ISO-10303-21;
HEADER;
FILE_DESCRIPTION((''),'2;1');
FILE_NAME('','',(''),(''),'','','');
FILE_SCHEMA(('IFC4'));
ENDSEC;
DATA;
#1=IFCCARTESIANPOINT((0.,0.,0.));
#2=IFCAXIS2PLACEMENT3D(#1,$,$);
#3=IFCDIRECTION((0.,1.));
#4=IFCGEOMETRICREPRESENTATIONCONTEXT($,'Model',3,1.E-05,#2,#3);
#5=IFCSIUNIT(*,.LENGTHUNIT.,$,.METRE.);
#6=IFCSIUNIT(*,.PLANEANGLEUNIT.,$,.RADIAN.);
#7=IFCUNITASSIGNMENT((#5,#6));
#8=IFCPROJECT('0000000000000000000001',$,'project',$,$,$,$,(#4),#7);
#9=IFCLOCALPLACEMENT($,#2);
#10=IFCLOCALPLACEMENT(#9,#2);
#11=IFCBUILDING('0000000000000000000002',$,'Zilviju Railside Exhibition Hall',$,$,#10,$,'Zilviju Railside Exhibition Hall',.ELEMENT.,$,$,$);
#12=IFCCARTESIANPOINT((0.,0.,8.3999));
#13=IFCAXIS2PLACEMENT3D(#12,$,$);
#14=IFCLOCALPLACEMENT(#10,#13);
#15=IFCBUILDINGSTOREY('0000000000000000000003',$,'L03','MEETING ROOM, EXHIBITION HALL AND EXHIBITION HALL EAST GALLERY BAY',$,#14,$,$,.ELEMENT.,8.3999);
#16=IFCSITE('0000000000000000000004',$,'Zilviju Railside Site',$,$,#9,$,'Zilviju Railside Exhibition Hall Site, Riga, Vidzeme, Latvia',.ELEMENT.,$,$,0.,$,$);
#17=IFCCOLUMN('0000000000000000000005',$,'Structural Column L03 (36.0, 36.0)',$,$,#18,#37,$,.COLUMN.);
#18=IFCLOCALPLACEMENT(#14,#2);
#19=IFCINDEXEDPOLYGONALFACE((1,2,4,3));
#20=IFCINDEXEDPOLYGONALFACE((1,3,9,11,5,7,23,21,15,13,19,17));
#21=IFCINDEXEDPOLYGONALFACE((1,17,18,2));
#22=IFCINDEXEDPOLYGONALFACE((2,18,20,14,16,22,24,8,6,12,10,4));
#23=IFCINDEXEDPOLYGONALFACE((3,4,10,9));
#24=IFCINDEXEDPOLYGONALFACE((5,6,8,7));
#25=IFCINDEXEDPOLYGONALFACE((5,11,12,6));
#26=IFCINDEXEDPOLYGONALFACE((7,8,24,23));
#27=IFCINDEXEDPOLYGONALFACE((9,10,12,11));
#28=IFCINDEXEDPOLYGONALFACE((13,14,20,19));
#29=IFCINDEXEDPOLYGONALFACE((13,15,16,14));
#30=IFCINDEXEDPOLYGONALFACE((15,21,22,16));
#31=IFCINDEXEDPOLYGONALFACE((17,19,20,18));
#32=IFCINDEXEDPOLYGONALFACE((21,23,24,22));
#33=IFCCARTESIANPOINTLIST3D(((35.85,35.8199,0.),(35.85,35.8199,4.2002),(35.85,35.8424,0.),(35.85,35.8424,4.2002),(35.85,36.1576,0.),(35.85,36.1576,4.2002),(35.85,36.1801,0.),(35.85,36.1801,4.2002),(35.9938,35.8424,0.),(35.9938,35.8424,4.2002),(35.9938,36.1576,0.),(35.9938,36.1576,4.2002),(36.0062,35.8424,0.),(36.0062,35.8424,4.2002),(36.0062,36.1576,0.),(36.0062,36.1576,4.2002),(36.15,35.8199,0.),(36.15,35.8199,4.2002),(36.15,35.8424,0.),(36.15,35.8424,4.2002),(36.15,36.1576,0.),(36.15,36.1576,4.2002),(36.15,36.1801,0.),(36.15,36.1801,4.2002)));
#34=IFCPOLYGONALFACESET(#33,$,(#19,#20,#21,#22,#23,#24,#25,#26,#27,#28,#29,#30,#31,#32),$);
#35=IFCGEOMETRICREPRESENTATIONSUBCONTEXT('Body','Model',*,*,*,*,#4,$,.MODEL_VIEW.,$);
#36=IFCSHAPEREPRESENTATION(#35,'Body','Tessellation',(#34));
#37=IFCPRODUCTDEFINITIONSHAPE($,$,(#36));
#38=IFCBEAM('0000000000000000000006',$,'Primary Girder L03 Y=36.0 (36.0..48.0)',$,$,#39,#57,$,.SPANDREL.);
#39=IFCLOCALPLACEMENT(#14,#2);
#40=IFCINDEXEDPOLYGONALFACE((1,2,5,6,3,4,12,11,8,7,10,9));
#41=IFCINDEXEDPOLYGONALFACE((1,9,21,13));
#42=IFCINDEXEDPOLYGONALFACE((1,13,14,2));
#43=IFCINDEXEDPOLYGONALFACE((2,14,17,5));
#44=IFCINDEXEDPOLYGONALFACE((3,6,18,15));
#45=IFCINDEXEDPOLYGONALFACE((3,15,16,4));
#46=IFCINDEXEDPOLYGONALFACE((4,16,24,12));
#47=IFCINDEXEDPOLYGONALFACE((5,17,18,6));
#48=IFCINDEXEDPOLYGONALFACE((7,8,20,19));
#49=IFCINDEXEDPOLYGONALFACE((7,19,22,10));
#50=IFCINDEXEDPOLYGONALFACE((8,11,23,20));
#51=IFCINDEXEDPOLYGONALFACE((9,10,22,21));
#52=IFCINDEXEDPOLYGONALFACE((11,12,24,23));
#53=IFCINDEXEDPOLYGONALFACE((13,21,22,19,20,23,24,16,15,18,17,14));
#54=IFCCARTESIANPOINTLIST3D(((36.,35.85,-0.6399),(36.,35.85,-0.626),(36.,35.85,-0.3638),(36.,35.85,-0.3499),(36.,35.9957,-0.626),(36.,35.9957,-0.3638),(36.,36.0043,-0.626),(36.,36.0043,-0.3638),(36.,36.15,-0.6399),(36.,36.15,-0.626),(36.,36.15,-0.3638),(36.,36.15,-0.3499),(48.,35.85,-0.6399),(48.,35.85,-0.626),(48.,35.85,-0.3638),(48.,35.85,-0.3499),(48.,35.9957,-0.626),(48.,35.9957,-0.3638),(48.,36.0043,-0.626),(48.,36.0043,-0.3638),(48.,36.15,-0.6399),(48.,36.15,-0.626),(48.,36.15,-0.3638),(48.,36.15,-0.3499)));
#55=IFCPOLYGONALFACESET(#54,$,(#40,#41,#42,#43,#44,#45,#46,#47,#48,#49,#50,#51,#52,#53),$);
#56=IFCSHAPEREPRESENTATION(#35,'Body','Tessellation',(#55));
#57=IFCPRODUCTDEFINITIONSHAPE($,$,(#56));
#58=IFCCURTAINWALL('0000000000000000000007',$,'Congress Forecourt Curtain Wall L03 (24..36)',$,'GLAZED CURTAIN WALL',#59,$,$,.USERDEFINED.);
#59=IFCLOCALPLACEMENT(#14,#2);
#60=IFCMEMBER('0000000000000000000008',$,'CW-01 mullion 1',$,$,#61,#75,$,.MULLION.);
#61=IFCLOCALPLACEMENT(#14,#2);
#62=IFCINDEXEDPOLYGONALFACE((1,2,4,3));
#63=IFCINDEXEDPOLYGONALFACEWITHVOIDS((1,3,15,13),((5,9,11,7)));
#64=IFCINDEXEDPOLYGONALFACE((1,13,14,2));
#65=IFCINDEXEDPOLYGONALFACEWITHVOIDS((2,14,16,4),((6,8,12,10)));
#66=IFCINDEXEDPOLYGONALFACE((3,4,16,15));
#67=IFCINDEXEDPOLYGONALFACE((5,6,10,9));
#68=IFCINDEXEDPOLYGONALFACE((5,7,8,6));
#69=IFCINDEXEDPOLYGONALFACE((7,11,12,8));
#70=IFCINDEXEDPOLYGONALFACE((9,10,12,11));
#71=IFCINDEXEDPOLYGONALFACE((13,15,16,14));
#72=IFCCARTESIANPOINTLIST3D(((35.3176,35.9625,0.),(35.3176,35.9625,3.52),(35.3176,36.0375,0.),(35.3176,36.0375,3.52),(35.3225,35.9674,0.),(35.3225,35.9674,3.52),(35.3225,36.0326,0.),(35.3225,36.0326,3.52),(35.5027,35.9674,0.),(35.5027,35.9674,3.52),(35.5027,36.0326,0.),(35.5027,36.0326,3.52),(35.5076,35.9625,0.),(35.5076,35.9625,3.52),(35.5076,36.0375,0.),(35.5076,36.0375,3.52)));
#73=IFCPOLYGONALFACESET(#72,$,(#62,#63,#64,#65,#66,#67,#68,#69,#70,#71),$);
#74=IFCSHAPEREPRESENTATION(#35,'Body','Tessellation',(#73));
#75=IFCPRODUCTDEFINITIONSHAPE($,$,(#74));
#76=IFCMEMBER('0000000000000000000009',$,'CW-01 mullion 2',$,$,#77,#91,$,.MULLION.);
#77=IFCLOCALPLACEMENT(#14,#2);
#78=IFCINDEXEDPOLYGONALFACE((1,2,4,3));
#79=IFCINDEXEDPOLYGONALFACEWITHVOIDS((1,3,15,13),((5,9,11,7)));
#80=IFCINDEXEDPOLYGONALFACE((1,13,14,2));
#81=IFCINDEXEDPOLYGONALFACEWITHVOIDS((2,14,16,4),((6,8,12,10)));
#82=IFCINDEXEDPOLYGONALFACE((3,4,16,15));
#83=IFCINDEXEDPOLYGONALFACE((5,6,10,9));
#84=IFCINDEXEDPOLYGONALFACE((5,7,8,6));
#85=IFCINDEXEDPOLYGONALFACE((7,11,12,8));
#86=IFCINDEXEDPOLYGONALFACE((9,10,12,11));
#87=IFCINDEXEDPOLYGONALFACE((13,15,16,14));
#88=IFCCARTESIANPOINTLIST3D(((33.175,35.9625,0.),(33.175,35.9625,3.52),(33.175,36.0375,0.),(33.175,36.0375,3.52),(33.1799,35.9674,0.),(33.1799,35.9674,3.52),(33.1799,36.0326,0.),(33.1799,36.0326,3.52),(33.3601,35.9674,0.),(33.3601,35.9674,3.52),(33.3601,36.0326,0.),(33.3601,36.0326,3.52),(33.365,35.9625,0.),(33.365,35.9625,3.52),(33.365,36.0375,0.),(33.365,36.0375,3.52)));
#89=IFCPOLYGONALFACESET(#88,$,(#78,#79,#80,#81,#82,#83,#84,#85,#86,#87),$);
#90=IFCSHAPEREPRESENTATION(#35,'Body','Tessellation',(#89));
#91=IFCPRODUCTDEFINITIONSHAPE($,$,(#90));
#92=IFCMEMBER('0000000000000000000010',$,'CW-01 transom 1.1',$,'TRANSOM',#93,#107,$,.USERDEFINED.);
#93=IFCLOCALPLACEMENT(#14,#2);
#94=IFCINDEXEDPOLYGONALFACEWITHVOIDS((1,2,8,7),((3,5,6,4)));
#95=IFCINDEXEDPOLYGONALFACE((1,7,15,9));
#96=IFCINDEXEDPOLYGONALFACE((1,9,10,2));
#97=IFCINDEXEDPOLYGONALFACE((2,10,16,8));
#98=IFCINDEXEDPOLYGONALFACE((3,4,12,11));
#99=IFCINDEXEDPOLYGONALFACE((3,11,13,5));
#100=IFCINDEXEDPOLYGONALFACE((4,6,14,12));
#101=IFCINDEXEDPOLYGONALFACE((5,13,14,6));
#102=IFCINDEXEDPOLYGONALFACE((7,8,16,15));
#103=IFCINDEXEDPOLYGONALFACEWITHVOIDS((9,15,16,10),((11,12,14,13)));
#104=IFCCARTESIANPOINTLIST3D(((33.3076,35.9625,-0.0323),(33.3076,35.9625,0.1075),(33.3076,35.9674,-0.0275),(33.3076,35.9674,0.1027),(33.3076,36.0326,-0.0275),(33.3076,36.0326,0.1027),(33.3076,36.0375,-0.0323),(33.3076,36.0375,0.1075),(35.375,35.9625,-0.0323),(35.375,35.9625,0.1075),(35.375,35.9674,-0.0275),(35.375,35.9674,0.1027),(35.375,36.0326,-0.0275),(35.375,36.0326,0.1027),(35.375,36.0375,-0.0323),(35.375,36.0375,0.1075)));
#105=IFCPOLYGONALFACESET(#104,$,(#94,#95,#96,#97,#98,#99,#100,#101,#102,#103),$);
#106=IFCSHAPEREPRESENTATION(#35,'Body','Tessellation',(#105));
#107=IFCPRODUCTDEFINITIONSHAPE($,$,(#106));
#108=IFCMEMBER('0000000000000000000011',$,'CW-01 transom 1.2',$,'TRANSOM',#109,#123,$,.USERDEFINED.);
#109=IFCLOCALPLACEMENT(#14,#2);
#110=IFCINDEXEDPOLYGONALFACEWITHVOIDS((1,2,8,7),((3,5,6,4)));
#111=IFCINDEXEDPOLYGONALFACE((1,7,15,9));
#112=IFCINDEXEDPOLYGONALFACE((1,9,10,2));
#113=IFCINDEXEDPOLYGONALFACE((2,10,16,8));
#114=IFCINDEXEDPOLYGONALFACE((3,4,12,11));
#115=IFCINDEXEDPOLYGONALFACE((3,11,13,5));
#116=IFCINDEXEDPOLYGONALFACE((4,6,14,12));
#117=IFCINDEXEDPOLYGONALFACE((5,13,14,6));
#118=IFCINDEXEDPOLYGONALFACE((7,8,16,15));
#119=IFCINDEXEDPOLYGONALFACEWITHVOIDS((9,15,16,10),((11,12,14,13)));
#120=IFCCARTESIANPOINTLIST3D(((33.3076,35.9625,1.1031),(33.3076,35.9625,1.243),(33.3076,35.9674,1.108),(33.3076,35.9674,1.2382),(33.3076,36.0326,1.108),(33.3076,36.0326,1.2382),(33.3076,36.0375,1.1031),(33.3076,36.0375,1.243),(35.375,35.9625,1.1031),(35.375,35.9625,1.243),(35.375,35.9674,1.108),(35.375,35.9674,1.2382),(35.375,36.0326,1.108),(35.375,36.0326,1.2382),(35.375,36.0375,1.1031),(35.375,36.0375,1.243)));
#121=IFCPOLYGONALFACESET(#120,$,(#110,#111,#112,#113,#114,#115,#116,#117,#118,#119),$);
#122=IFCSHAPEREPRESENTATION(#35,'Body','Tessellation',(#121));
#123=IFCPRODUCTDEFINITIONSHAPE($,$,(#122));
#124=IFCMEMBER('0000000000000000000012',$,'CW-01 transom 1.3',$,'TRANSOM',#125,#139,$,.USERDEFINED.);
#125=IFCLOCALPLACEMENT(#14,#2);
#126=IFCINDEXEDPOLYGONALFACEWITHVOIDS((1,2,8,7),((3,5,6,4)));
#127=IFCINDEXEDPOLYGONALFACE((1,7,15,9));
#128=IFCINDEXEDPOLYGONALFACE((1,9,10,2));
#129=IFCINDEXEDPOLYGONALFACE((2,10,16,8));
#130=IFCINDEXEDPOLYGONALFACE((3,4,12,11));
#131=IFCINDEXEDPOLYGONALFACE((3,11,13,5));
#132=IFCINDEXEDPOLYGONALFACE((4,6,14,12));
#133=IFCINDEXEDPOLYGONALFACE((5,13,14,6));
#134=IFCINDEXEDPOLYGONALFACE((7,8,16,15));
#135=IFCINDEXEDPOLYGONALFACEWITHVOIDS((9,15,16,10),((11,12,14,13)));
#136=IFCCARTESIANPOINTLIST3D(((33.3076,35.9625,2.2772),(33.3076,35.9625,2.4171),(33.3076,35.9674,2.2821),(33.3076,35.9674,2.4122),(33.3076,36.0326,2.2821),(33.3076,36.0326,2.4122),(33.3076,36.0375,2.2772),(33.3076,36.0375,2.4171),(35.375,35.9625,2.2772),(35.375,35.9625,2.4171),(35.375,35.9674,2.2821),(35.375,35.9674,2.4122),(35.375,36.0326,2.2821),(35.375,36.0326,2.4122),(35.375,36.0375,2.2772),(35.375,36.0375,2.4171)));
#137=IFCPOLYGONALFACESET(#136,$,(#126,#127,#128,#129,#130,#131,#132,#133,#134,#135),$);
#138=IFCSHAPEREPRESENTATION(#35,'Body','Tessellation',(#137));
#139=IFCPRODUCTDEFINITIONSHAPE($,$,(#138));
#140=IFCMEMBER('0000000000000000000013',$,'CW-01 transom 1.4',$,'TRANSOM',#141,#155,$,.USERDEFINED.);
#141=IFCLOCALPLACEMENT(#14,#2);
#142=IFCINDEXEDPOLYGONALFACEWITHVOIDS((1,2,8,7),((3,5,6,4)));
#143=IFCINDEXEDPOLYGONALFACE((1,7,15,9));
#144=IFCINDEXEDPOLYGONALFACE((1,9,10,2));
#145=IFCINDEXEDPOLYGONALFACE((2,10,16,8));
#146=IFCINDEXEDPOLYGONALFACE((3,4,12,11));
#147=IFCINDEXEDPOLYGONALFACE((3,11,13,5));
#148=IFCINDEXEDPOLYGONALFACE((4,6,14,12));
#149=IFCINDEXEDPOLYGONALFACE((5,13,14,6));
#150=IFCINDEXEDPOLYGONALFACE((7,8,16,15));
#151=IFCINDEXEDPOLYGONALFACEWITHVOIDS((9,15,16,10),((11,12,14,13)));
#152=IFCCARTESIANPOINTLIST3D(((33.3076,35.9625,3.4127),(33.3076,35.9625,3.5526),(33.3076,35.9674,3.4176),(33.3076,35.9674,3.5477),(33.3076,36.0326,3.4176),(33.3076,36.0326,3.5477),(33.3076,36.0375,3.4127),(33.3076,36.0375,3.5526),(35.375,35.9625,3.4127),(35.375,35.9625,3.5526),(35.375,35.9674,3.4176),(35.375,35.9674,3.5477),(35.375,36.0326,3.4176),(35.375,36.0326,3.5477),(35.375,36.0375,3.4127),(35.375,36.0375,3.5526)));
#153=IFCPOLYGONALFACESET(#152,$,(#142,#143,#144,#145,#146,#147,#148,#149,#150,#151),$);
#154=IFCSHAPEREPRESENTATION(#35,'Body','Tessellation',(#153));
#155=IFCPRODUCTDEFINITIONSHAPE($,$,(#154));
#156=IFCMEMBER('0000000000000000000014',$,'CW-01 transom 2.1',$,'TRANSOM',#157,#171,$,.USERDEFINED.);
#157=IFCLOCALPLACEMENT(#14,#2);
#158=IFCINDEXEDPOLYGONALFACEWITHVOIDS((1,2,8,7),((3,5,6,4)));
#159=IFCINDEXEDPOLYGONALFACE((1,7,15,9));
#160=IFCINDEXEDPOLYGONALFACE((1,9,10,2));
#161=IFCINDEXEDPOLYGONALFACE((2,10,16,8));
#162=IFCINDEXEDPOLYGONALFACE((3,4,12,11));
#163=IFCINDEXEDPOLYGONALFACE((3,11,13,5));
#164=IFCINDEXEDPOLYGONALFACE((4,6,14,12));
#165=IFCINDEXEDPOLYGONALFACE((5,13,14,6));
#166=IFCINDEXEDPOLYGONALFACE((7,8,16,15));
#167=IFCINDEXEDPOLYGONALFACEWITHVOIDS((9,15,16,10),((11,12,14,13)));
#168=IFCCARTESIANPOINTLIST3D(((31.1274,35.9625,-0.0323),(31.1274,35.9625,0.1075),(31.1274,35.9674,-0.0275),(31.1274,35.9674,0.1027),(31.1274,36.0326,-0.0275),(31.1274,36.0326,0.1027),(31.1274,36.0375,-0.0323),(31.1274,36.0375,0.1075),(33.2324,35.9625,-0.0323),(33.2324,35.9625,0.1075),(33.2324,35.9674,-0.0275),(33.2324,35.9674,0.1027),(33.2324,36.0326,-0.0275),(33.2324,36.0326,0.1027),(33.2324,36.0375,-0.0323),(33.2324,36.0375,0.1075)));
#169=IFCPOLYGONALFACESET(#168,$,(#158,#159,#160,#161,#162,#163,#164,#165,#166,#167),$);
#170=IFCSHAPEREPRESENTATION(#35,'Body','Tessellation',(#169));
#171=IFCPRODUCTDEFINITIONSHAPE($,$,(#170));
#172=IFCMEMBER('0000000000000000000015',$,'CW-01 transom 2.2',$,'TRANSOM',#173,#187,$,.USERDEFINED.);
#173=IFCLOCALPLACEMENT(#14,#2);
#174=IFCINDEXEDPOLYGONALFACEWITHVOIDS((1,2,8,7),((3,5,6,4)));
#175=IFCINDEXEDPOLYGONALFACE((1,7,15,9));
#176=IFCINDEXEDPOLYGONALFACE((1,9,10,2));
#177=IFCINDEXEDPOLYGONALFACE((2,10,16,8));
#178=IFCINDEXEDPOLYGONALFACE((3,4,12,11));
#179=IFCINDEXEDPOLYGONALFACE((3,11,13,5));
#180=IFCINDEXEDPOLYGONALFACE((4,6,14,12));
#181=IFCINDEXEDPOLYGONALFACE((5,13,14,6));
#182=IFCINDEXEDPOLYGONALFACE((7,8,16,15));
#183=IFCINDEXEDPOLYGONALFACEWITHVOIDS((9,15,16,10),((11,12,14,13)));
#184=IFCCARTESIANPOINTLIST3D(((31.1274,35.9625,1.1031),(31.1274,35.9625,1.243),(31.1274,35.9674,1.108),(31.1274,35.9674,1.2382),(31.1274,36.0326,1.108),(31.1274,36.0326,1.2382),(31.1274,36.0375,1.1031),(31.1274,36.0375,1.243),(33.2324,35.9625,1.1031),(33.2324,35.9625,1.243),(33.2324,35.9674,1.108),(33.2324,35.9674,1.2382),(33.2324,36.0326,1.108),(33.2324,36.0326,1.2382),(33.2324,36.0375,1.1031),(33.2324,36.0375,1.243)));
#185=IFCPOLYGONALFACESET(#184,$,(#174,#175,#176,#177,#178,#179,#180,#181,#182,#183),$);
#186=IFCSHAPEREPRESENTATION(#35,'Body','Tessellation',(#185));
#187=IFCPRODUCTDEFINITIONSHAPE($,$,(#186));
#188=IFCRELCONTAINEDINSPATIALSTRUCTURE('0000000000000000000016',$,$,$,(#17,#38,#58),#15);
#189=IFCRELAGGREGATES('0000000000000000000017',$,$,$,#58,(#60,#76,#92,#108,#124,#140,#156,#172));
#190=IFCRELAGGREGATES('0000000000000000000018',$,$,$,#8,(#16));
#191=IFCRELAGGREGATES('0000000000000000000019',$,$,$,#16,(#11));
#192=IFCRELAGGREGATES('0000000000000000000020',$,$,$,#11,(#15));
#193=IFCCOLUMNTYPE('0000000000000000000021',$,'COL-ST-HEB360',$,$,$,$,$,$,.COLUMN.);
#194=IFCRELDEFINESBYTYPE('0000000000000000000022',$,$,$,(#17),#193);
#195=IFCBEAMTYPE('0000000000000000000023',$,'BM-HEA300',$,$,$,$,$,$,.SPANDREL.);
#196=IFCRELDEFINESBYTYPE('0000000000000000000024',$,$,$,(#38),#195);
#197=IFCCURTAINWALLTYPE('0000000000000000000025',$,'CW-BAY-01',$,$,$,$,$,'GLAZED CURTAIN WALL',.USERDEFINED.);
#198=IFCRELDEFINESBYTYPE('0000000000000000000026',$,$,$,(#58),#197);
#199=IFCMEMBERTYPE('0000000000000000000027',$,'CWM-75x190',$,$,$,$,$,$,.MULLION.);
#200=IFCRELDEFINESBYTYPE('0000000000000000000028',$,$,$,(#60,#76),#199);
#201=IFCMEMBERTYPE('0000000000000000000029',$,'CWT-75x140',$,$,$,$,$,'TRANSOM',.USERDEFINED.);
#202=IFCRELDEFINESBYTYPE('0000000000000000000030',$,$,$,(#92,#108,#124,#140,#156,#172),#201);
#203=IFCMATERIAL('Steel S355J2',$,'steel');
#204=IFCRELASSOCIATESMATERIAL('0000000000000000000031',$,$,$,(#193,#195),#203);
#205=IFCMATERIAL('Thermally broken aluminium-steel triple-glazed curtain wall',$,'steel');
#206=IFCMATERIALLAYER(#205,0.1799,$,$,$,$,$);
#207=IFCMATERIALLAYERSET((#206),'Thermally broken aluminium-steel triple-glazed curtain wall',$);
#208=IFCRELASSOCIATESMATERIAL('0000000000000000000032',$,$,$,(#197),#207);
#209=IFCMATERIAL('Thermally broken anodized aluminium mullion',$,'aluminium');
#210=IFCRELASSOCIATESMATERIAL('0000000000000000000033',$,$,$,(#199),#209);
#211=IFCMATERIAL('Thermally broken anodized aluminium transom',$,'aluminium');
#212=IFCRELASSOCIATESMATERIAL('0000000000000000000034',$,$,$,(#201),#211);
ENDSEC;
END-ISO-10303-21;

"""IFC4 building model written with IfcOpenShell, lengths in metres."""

from ifc_helpers import new_model, si_unit, direction, frame, origin, origin_2d, place, context, subcontext, project, spatial, hollow_rectangle, i_section, extrude, material, layer, layer_set, material_profile, profile_set, type_object, element, aggregate, save


model = new_model("IFC4")

# Units and contexts
model_context = context("Model", 3, precision=1e-05, world=origin(), true_north=direction((0.0, 1.0)))
body_context = subcontext(model_context, "Body", "Model", "MODEL_VIEW")
ifc_project = project(units=[si_unit("LENGTHUNIT", "METRE"), si_unit("PLANEANGLEUNIT", "RADIAN")], contexts=[model_context])

# Site, building, storey
site_placement = place(None, origin())
site = spatial("IfcSite", under=ifc_project, at=site_placement, Name="Zilviju Railside Site", LongName="Zilviju Railside Exhibition Hall Site, Riga, Vidzeme, Latvia", CompositionType="ELEMENT", RefElevation=0.0)
building_placement = place(site_placement, origin())
building = spatial("IfcBuilding", under=site, at=building_placement, Name="Zilviju Railside Exhibition Hall", LongName="Zilviju Railside Exhibition Hall", CompositionType="ELEMENT")
storey_placement = place(building_placement, frame((0.0, 0.0, 8.3999)))
storey = spatial("IfcBuildingStorey", under=building, at=storey_placement, Name="L03", Description="MEETING ROOM, EXHIBITION HALL AND EXHIBITION HALL EAST GALLERY BAY", CompositionType="ELEMENT", Elevation=8.3999)

# Column
ifc_material_1 = material(Name="Steel S355J2", Category="steel")
ifc_material_profile_1 = material_profile(ifc_material_1, i_section(OverallWidth=0.3, OverallDepth=0.3601, WebThickness=0.0125, FlangeThickness=0.0225, at=origin_2d()), Name="HEB 360")
ifc_profile_set_1 = profile_set([ifc_material_profile_1], Name="Steel S355J2")
column_type = type_object("IfcColumnType", Name="COL-ST-HEB360", PredefinedType="COLUMN", material=ifc_profile_set_1)
column_placement = place(storey_placement, frame((36.0, 36.0, 0.0), z_axis=(0.0, 0.0, 1.0), x_axis=(1.0, 0.0, 0.0)))
element("IfcColumn", 1, at=column_placement, inside=storey, type_object=column_type, Name="Structural Column L03 (36.0, 36.0)", PredefinedType="COLUMN", context=body_context, shape_type="SweptSolid", body=[
    extrude(i_section(OverallWidth=0.3, OverallDepth=0.3601, WebThickness=0.0125, FlangeThickness=0.0225, at=origin_2d()), origin(), (0.0, 0.0, 1.0), 4.2002),
])

# Beam
ifc_material_profile_2 = material_profile(ifc_material_1, i_section(OverallWidth=0.3, OverallDepth=0.29, WebThickness=0.0085, FlangeThickness=0.0139, at=origin_2d()), Name="HEA 300")
ifc_profile_set_2 = profile_set([ifc_material_profile_2], Name="Steel S355J2")
beam_type = type_object("IfcBeamType", Name="BM-HEA300", PredefinedType="SPANDREL", material=ifc_profile_set_2)
beam_placement = place(storey_placement, frame((36.0, 36.0, -0.4949), z_axis=(1.0, 0.0, 0.0), x_axis=(0.0, 1.0, 0.0)))
element("IfcBeam", 2, at=beam_placement, inside=storey, type_object=beam_type, Name="Primary Girder L03 Y=36.0 (36.0..48.0)", PredefinedType="SPANDREL", context=body_context, shape_type="SweptSolid", body=[
    extrude(i_section(OverallWidth=0.3, OverallDepth=0.29, WebThickness=0.0085, FlangeThickness=0.0139, at=origin_2d()), origin(), (0.0, 0.0, 1.0), 12.0),
])

# Curtain wall, members
ifc_material_2 = material(Name="Thermally broken aluminium-steel triple-glazed curtain wall", Category="steel")
ifc_layer_1 = layer(ifc_material_2, 0.1799)
ifc_layer_set_1 = layer_set([ifc_layer_1], Name="Thermally broken aluminium-steel triple-glazed curtain wall")
curtain_wall_type = type_object("IfcCurtainWallType", Name="CW-BAY-01", ElementType="GLAZED CURTAIN WALL", PredefinedType="USERDEFINED", material=ifc_layer_set_1)
curtain_wall_placement = place(storey_placement, origin())
curtain_wall = element("IfcCurtainWall", 3, at=curtain_wall_placement, inside=storey, type_object=curtain_wall_type, Name="Congress Forecourt Curtain Wall L03 (24..36)", ObjectType="GLAZED CURTAIN WALL", PredefinedType="USERDEFINED")
ifc_material_3 = material(Name="Thermally broken anodized aluminium mullion", Category="aluminium")
ifc_material_profile_3 = material_profile(ifc_material_3, hollow_rectangle(XDim=0.075, YDim=0.1899, WallThickness=0.0049, at=origin_2d()), Name="MULLION 190x75x5")
ifc_profile_set_3 = profile_set([ifc_material_profile_3], Name="Thermally broken anodized aluminium mullion")
member_type_1 = type_object("IfcMemberType", Name="CWM-75x190", PredefinedType="MULLION", material=ifc_profile_set_3)
member_1_placement = place(storey_placement, frame((35.4126, 36.0, 0.0), z_axis=(0.0, 0.0, 1.0), x_axis=(0.0, -1.0, 0.0)))
member_1 = element("IfcMember", 4, at=member_1_placement, type_object=member_type_1, Name="CW-01 mullion 1", PredefinedType="MULLION", context=body_context, shape_type="SweptSolid", body=[
    extrude(hollow_rectangle(XDim=0.075, YDim=0.1899, WallThickness=0.0049, at=origin_2d()), origin(), (0.0, 0.0, 1.0), 3.52),
])
member_2_placement = place(storey_placement, frame((33.27, 36.0, 0.0), z_axis=(0.0, 0.0, 1.0), x_axis=(0.0, -1.0, 0.0)))
member_2 = element("IfcMember", 5, at=member_2_placement, type_object=member_type_1, Name="CW-01 mullion 2", PredefinedType="MULLION", context=body_context, shape_type="SweptSolid", body=[
    extrude(hollow_rectangle(XDim=0.075, YDim=0.1899, WallThickness=0.0049, at=origin_2d()), origin(), (0.0, 0.0, 1.0), 3.52),
])
ifc_material_4 = material(Name="Thermally broken anodized aluminium transom", Category="aluminium")
ifc_material_profile_4 = material_profile(ifc_material_4, hollow_rectangle(XDim=0.075, YDim=0.1399, WallThickness=0.0049, at=origin_2d()), Name="TRANSOM 140x75x5")
ifc_profile_set_4 = profile_set([ifc_material_profile_4], Name="Thermally broken anodized aluminium transom")
member_type_2 = type_object("IfcMemberType", Name="CWT-75x140", ElementType="TRANSOM", PredefinedType="USERDEFINED", material=ifc_profile_set_4)
member_3_placement = place(storey_placement, frame((35.375, 36.0, 0.0376), z_axis=(-1.0, 0.0, 0.0), x_axis=(0.0, -1.0, 0.0)))
member_3 = element("IfcMember", 6, at=member_3_placement, type_object=member_type_2, Name="CW-01 transom 1.1", ObjectType="TRANSOM", PredefinedType="USERDEFINED", context=body_context, shape_type="SweptSolid", body=[
    extrude(hollow_rectangle(XDim=0.075, YDim=0.1399, WallThickness=0.0049, at=origin_2d()), origin(), (0.0, 0.0, 1.0), 2.0674),
])
member_4_placement = place(storey_placement, frame((35.375, 36.0, 1.1731), z_axis=(-1.0, 0.0, 0.0), x_axis=(0.0, -1.0, 0.0)))
member_4 = element("IfcMember", 7, at=member_4_placement, type_object=member_type_2, Name="CW-01 transom 1.2", ObjectType="TRANSOM", PredefinedType="USERDEFINED", context=body_context, shape_type="SweptSolid", body=[
    extrude(hollow_rectangle(XDim=0.075, YDim=0.1399, WallThickness=0.0049, at=origin_2d()), origin(), (0.0, 0.0, 1.0), 2.0674),
])
member_5_placement = place(storey_placement, frame((35.375, 36.0, 2.3472), z_axis=(-1.0, 0.0, 0.0), x_axis=(0.0, -1.0, 0.0)))
member_5 = element("IfcMember", 8, at=member_5_placement, type_object=member_type_2, Name="CW-01 transom 1.3", ObjectType="TRANSOM", PredefinedType="USERDEFINED", context=body_context, shape_type="SweptSolid", body=[
    extrude(hollow_rectangle(XDim=0.075, YDim=0.1399, WallThickness=0.0049, at=origin_2d()), origin(), (0.0, 0.0, 1.0), 2.0674),
])
member_6_placement = place(storey_placement, frame((35.375, 36.0, 3.4827), z_axis=(-1.0, 0.0, 0.0), x_axis=(0.0, -1.0, 0.0)))
member_6 = element("IfcMember", 9, at=member_6_placement, type_object=member_type_2, Name="CW-01 transom 1.4", ObjectType="TRANSOM", PredefinedType="USERDEFINED", context=body_context, shape_type="SweptSolid", body=[
    extrude(hollow_rectangle(XDim=0.075, YDim=0.1399, WallThickness=0.0049, at=origin_2d()), origin(), (0.0, 0.0, 1.0), 2.0674),
])
member_7_placement = place(storey_placement, frame((33.2324, 36.0, 0.0376), z_axis=(-1.0, 0.0, 0.0), x_axis=(0.0, -1.0, 0.0)))
member_7 = element("IfcMember", 10, at=member_7_placement, type_object=member_type_2, Name="CW-01 transom 2.1", ObjectType="TRANSOM", PredefinedType="USERDEFINED", context=body_context, shape_type="SweptSolid", body=[
    extrude(hollow_rectangle(XDim=0.075, YDim=0.1399, WallThickness=0.0049, at=origin_2d()), origin(), (0.0, 0.0, 1.0), 2.105),
])
member_8_placement = place(storey_placement, frame((33.2324, 36.0, 1.1731), z_axis=(-1.0, 0.0, 0.0), x_axis=(0.0, -1.0, 0.0)))
member_8 = element("IfcMember", 11, at=member_8_placement, type_object=member_type_2, Name="CW-01 transom 2.2", ObjectType="TRANSOM", PredefinedType="USERDEFINED", context=body_context, shape_type="SweptSolid", body=[
    extrude(hollow_rectangle(XDim=0.075, YDim=0.1399, WallThickness=0.0049, at=origin_2d()), origin(), (0.0, 0.0, 1.0), 2.105),
])
aggregate(curtain_wall, [member_1, member_2, member_3, member_4, member_5, member_6, member_7, member_8])

save(model, "model.ifc")
